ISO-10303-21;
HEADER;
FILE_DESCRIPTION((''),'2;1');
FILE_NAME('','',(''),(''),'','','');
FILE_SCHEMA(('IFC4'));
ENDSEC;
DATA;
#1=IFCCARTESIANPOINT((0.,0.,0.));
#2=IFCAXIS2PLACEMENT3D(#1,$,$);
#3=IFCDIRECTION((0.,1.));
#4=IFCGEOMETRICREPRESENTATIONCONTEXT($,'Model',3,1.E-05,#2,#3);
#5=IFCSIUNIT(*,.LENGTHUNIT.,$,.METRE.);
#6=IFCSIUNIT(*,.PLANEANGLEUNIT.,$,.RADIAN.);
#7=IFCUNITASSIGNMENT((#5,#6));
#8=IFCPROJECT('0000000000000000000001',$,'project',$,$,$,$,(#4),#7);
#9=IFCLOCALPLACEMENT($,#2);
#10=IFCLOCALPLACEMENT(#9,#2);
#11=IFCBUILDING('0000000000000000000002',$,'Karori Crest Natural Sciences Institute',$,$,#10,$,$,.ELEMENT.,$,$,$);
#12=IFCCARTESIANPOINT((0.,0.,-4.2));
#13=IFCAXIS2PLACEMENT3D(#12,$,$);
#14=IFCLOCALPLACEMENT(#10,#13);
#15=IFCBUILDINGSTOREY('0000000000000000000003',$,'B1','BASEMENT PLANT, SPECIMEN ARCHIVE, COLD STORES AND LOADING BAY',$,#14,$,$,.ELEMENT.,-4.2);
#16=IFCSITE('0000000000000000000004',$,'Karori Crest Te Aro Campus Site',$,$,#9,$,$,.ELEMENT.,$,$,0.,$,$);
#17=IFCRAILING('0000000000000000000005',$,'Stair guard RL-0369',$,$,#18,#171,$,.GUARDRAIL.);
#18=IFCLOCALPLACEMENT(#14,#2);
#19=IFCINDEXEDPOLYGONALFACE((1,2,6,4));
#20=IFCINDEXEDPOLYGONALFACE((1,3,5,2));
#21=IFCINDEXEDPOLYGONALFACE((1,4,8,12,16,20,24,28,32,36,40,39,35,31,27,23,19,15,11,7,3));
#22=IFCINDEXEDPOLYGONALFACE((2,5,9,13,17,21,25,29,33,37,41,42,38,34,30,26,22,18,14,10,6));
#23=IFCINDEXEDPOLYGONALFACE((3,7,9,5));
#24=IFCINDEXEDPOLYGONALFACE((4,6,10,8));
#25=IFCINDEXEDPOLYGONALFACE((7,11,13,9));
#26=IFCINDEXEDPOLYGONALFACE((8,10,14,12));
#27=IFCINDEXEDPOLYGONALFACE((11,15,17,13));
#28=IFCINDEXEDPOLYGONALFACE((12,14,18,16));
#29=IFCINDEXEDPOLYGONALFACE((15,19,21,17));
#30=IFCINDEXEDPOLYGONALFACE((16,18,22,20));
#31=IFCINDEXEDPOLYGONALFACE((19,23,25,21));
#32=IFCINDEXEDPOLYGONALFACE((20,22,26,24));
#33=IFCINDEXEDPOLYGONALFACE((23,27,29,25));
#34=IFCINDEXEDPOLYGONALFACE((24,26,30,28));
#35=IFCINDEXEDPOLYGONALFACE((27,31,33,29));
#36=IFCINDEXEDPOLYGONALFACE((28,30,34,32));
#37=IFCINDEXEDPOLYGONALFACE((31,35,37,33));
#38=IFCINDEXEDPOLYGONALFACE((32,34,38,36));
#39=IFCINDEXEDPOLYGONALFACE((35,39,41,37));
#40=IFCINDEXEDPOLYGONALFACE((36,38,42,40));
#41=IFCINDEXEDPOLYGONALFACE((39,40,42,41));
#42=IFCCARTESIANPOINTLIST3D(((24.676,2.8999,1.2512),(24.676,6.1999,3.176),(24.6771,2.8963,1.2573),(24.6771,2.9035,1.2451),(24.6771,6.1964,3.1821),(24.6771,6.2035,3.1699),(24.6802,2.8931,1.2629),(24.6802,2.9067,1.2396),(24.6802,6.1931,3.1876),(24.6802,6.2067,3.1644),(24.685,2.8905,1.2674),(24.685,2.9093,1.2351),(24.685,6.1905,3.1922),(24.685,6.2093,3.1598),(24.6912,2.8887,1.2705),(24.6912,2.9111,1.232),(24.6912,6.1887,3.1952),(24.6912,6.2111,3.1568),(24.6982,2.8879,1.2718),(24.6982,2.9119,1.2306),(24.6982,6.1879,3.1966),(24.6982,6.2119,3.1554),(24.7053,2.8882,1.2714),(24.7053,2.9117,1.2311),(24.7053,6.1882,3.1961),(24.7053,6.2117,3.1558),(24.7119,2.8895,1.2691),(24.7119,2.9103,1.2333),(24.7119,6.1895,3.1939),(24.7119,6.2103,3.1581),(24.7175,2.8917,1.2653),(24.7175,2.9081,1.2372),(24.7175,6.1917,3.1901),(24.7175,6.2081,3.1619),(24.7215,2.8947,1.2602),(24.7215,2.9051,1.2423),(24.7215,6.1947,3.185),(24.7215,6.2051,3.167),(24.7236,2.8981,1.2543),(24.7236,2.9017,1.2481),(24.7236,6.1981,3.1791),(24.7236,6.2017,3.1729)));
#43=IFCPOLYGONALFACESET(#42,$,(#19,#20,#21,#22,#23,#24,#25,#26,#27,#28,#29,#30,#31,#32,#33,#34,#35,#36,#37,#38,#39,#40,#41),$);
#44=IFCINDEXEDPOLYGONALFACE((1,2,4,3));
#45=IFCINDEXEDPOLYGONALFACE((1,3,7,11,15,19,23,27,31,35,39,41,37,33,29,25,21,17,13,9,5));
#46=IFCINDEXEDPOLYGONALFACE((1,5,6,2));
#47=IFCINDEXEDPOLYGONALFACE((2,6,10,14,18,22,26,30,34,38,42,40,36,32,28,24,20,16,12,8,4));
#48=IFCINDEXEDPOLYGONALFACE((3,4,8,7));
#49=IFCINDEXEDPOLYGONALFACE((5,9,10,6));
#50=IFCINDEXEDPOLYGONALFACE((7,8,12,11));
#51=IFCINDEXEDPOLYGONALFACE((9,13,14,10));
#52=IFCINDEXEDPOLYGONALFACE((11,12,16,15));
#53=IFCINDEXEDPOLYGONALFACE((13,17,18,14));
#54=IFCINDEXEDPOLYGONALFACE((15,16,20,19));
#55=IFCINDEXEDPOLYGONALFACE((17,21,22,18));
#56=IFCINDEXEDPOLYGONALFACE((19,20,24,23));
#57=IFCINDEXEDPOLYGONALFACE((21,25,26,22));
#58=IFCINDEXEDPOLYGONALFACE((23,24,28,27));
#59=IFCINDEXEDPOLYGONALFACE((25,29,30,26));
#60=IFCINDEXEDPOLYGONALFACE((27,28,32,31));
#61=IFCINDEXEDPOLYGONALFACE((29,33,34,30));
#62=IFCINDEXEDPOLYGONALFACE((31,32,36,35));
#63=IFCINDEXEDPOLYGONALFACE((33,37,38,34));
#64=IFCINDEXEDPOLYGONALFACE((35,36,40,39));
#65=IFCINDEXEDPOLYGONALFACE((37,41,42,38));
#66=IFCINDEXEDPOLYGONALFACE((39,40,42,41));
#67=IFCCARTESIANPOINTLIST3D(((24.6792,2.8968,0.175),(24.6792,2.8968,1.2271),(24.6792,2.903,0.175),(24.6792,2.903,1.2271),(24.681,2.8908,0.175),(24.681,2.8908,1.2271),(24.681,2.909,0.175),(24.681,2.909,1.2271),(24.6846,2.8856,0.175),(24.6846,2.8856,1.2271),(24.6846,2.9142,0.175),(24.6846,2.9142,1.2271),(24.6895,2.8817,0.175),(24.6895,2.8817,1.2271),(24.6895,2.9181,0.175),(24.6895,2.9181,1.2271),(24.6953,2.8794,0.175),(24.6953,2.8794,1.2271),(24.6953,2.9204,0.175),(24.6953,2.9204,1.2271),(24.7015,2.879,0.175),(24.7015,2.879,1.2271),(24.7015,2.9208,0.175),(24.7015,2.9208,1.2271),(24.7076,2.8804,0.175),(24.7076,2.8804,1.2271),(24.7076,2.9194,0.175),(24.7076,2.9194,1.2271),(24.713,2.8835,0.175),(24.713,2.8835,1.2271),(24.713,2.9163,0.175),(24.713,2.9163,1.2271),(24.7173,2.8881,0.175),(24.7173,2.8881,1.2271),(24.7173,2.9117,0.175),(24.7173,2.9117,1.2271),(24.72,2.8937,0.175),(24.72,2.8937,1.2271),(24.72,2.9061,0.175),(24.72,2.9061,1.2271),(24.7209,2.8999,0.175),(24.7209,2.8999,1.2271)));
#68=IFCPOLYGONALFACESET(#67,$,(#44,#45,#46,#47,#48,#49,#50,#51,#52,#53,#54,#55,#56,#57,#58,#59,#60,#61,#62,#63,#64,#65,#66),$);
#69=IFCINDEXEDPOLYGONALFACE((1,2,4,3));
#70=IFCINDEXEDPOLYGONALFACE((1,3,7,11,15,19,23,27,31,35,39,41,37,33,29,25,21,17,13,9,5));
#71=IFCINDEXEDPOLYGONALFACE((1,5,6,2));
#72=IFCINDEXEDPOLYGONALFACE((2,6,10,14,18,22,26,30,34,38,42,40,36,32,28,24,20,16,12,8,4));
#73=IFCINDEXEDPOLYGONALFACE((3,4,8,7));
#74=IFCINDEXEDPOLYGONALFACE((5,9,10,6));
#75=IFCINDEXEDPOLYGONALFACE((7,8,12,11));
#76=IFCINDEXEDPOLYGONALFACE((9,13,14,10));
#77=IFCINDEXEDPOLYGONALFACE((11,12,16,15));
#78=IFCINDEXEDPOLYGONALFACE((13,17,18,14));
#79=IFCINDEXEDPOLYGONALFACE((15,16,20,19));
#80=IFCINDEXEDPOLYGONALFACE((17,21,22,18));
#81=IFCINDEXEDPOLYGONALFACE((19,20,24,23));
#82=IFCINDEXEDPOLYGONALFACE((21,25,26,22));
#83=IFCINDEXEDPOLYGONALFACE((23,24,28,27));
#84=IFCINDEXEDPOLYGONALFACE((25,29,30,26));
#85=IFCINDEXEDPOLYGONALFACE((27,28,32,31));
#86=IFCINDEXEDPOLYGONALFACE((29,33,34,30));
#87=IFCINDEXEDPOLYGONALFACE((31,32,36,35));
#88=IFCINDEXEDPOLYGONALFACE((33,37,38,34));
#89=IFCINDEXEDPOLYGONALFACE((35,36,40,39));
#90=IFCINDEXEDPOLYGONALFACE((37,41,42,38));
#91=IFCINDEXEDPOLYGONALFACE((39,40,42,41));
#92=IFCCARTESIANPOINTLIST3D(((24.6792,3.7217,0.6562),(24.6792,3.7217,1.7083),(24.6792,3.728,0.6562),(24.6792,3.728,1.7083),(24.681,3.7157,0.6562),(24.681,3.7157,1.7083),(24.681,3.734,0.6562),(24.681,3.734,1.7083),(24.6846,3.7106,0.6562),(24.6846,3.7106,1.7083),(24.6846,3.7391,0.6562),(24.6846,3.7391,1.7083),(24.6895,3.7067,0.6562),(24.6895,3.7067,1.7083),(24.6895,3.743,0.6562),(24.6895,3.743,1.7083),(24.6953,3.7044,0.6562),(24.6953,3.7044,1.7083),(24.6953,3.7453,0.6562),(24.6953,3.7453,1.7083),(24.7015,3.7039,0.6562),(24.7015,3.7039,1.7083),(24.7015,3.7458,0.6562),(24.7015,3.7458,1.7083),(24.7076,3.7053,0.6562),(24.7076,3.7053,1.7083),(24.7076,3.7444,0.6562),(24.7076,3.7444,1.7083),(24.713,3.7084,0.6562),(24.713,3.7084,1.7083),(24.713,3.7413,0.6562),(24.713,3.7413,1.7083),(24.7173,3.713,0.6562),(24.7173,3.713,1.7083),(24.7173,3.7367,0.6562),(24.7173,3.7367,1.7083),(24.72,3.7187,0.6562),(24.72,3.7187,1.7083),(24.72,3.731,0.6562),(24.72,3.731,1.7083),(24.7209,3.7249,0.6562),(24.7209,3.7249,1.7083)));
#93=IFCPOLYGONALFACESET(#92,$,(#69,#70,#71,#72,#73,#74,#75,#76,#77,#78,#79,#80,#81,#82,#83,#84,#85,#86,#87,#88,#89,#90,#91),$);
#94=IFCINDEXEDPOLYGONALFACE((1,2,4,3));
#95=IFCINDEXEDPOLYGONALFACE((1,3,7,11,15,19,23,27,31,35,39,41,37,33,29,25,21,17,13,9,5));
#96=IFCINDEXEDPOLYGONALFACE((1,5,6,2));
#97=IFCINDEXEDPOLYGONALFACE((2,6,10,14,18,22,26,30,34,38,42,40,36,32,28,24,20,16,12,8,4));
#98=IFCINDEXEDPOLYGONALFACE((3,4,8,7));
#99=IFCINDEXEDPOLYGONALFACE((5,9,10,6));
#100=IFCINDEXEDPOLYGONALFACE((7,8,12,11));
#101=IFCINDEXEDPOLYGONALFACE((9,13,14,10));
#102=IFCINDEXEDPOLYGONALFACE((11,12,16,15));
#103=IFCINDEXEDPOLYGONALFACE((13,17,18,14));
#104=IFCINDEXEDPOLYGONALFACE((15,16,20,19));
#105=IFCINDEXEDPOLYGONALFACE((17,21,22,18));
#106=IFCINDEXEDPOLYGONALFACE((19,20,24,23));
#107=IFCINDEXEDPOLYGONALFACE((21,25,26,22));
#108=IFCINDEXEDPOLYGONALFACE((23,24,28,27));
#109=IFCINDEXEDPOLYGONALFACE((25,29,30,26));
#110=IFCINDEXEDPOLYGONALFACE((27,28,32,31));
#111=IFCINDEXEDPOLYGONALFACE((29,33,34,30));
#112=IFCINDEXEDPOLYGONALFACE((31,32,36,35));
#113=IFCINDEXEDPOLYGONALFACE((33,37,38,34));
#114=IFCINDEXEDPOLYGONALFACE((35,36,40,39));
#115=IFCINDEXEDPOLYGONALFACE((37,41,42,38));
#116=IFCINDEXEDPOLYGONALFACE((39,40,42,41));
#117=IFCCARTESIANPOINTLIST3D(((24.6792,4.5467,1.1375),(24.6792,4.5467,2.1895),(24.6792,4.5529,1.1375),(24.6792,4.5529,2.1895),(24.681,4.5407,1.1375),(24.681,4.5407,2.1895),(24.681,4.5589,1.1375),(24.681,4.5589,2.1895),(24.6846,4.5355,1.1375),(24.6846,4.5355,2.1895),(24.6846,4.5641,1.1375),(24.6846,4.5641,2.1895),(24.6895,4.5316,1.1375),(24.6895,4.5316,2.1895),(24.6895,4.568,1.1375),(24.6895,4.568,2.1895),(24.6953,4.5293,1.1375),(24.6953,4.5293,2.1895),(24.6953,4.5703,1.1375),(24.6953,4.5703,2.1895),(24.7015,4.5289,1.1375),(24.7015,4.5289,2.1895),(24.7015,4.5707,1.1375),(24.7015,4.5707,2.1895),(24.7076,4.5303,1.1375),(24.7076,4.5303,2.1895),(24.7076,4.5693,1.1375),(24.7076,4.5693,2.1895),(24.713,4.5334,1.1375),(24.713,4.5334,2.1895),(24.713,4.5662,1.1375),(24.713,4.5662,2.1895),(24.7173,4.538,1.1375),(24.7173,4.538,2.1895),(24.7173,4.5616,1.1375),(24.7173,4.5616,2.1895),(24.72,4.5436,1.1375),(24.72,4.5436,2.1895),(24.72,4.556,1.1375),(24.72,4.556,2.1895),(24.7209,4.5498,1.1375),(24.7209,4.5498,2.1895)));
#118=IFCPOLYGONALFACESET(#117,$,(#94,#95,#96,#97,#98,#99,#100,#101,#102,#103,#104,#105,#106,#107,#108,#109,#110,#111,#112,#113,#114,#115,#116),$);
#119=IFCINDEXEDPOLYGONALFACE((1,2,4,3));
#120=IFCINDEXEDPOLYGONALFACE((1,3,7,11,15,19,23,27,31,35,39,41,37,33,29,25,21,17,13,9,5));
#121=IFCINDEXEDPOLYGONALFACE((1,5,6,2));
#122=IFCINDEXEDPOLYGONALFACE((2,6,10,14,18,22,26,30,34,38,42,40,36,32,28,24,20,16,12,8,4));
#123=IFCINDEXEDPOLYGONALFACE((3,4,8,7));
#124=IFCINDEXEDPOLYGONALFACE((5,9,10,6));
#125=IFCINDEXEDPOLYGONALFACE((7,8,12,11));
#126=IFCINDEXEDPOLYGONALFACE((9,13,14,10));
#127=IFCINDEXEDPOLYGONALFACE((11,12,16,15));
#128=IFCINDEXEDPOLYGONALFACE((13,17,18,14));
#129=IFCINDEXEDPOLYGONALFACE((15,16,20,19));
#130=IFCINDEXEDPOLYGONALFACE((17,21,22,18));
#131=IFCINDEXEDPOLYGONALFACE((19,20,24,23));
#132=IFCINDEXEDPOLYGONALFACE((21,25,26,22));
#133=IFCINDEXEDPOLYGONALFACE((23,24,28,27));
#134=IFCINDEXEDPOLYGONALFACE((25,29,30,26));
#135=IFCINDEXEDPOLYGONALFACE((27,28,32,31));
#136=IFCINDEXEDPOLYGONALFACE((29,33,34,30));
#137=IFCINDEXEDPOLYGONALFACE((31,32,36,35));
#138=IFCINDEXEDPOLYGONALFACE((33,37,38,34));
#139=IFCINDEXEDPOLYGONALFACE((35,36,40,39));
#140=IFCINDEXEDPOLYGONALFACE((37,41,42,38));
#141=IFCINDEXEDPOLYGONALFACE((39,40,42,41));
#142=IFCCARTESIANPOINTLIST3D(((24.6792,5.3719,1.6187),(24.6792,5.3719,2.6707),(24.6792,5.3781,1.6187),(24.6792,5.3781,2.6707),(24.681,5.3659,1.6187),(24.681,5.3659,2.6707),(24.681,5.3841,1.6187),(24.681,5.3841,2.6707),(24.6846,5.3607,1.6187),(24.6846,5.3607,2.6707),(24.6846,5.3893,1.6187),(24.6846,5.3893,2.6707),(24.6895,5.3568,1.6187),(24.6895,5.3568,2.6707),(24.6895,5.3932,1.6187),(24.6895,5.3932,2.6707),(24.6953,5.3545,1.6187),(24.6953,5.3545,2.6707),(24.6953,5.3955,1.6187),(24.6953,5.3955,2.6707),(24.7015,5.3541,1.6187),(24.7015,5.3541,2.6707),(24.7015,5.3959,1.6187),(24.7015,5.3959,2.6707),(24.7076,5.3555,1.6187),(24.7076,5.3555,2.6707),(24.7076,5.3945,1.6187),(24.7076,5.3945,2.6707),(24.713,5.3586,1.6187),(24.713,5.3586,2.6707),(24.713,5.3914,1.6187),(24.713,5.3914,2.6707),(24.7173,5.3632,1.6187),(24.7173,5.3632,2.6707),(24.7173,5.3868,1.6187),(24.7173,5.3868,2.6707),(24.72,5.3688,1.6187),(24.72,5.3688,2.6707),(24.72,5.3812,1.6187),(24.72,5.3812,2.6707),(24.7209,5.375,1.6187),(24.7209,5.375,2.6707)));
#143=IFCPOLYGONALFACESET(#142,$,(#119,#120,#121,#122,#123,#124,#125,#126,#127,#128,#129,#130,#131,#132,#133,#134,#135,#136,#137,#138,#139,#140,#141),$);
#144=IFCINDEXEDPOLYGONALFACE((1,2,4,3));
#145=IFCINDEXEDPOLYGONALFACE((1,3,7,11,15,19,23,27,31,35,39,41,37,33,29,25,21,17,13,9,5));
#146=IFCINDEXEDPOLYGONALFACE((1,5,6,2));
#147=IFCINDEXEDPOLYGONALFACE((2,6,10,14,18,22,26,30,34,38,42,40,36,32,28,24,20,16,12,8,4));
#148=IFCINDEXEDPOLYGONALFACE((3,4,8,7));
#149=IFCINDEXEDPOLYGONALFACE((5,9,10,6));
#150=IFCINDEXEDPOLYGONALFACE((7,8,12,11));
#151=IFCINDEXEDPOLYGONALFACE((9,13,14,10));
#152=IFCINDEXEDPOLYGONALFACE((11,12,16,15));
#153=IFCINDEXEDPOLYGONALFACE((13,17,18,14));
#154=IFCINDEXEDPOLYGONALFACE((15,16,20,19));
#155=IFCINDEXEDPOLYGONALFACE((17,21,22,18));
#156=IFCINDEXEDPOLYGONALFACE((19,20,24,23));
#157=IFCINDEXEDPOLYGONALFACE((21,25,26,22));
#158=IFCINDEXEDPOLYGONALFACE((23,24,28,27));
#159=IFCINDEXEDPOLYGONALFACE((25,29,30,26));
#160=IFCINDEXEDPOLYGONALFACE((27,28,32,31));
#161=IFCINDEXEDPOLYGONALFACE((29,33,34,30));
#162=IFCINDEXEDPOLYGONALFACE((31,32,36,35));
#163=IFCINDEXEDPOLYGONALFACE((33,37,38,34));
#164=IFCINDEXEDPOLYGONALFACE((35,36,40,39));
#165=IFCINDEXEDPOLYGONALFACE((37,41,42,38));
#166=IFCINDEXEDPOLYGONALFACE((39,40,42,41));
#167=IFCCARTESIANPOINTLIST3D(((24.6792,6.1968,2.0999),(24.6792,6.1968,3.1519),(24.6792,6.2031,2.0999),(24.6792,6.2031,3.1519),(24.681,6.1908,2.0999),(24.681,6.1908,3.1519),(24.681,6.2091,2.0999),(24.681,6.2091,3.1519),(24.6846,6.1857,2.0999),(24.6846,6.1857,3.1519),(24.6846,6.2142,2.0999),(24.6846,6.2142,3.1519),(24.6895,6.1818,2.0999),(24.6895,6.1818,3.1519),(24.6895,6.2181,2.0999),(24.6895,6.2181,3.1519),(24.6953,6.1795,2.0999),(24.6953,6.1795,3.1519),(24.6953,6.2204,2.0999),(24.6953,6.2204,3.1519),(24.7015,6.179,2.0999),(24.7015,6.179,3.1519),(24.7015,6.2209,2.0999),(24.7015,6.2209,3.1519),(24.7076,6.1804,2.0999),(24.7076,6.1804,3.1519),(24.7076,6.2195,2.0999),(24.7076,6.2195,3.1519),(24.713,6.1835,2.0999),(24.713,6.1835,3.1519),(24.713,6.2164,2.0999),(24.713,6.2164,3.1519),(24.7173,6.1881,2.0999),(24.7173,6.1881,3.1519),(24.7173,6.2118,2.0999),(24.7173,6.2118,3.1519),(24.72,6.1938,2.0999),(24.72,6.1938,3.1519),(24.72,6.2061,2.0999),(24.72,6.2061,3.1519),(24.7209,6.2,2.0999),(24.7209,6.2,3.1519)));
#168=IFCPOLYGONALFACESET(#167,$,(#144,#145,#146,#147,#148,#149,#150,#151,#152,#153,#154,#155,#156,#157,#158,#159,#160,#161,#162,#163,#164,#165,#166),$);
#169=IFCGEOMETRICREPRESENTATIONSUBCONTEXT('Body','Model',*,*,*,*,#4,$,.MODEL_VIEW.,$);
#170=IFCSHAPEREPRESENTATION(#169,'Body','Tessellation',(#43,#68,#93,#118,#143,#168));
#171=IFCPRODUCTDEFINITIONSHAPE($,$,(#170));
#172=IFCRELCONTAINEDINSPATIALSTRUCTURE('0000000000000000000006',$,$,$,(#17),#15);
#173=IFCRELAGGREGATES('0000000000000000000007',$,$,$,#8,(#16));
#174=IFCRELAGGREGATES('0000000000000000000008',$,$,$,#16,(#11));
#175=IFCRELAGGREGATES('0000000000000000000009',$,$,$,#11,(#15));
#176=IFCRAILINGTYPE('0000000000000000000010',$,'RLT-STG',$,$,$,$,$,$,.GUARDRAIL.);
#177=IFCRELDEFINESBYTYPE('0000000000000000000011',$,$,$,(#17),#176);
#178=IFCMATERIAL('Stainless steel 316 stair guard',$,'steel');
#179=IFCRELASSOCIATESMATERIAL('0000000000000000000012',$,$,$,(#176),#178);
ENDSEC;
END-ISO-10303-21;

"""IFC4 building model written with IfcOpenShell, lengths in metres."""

from ifc_helpers import new_model, si_unit, direction, frame, origin, origin_2d, place, context, subcontext, project, spatial, circle, extrude, material, type_object, element, save


model = new_model("IFC4")

# Units and contexts
model_context = context("Model", 3, precision=1e-05, world=origin(), true_north=direction((0.0, 1.0)))
body_context = subcontext(model_context, "Body", "Model", "MODEL_VIEW")
ifc_project = project(units=[si_unit("LENGTHUNIT", "METRE"), si_unit("PLANEANGLEUNIT", "RADIAN")], contexts=[model_context])

# Site, building, storey
site_placement = place(None, origin())
site = spatial("IfcSite", under=ifc_project, at=site_placement, Name="Karori Crest Te Aro Campus Site", CompositionType="ELEMENT", RefElevation=0.0)
building_placement = place(site_placement, origin())
building = spatial("IfcBuilding", under=site, at=building_placement, Name="Karori Crest Natural Sciences Institute", CompositionType="ELEMENT")
storey_placement = place(building_placement, frame((0.0, 0.0, -4.2)))
storey = spatial("IfcBuildingStorey", under=building, at=storey_placement, Name="B1", Description="BASEMENT PLANT, SPECIMEN ARCHIVE, COLD STORES AND LOADING BAY", CompositionType="ELEMENT", Elevation=-4.2)

# Railing
ifc_material_1 = material(Name="Stainless steel 316 stair guard", Category="steel")
railing_type_1 = type_object("IfcRailingType", Name="RLT-STG", PredefinedType="GUARDRAIL", material=ifc_material_1)
railing_1_placement = place(storey_placement, frame((24.7, 2.8999, 0.175)))
element("IfcRailing", 1, at=railing_1_placement, inside=storey, type_object=railing_type_1, Name="Stair guard RL-0369", PredefinedType="GUARDRAIL", context=body_context, shape_type="SweptSolid", body=[
    extrude(circle(Radius=0.0239, at=origin_2d()), frame((0.0, 0.0, 1.0762), z_axis=(0.0, 0.863804, 0.503827), x_axis=(-1.0, 0.0, 0.0)), (0.0, 0.0, 1.0), 3.8203),
    extrude(circle(Radius=0.021, at=origin_2d()), origin(), (0.0, 0.0, 1.0), 1.052),
    extrude(circle(Radius=0.021, at=origin_2d()), frame((0.0, 0.825, 0.4812)), (0.0, 0.0, 1.0), 1.052),
    extrude(circle(Radius=0.021, at=origin_2d()), frame((0.0, 1.6499, 0.9624)), (0.0, 0.0, 1.0), 1.052),
    extrude(circle(Radius=0.021, at=origin_2d()), frame((0.0, 2.4751, 1.4436)), (0.0, 0.0, 1.0), 1.052),
    extrude(circle(Radius=0.021, at=origin_2d()), frame((0.0, 3.3, 1.9248)), (0.0, 0.0, 1.0), 1.052),
])

save(model, "model.ifc")
